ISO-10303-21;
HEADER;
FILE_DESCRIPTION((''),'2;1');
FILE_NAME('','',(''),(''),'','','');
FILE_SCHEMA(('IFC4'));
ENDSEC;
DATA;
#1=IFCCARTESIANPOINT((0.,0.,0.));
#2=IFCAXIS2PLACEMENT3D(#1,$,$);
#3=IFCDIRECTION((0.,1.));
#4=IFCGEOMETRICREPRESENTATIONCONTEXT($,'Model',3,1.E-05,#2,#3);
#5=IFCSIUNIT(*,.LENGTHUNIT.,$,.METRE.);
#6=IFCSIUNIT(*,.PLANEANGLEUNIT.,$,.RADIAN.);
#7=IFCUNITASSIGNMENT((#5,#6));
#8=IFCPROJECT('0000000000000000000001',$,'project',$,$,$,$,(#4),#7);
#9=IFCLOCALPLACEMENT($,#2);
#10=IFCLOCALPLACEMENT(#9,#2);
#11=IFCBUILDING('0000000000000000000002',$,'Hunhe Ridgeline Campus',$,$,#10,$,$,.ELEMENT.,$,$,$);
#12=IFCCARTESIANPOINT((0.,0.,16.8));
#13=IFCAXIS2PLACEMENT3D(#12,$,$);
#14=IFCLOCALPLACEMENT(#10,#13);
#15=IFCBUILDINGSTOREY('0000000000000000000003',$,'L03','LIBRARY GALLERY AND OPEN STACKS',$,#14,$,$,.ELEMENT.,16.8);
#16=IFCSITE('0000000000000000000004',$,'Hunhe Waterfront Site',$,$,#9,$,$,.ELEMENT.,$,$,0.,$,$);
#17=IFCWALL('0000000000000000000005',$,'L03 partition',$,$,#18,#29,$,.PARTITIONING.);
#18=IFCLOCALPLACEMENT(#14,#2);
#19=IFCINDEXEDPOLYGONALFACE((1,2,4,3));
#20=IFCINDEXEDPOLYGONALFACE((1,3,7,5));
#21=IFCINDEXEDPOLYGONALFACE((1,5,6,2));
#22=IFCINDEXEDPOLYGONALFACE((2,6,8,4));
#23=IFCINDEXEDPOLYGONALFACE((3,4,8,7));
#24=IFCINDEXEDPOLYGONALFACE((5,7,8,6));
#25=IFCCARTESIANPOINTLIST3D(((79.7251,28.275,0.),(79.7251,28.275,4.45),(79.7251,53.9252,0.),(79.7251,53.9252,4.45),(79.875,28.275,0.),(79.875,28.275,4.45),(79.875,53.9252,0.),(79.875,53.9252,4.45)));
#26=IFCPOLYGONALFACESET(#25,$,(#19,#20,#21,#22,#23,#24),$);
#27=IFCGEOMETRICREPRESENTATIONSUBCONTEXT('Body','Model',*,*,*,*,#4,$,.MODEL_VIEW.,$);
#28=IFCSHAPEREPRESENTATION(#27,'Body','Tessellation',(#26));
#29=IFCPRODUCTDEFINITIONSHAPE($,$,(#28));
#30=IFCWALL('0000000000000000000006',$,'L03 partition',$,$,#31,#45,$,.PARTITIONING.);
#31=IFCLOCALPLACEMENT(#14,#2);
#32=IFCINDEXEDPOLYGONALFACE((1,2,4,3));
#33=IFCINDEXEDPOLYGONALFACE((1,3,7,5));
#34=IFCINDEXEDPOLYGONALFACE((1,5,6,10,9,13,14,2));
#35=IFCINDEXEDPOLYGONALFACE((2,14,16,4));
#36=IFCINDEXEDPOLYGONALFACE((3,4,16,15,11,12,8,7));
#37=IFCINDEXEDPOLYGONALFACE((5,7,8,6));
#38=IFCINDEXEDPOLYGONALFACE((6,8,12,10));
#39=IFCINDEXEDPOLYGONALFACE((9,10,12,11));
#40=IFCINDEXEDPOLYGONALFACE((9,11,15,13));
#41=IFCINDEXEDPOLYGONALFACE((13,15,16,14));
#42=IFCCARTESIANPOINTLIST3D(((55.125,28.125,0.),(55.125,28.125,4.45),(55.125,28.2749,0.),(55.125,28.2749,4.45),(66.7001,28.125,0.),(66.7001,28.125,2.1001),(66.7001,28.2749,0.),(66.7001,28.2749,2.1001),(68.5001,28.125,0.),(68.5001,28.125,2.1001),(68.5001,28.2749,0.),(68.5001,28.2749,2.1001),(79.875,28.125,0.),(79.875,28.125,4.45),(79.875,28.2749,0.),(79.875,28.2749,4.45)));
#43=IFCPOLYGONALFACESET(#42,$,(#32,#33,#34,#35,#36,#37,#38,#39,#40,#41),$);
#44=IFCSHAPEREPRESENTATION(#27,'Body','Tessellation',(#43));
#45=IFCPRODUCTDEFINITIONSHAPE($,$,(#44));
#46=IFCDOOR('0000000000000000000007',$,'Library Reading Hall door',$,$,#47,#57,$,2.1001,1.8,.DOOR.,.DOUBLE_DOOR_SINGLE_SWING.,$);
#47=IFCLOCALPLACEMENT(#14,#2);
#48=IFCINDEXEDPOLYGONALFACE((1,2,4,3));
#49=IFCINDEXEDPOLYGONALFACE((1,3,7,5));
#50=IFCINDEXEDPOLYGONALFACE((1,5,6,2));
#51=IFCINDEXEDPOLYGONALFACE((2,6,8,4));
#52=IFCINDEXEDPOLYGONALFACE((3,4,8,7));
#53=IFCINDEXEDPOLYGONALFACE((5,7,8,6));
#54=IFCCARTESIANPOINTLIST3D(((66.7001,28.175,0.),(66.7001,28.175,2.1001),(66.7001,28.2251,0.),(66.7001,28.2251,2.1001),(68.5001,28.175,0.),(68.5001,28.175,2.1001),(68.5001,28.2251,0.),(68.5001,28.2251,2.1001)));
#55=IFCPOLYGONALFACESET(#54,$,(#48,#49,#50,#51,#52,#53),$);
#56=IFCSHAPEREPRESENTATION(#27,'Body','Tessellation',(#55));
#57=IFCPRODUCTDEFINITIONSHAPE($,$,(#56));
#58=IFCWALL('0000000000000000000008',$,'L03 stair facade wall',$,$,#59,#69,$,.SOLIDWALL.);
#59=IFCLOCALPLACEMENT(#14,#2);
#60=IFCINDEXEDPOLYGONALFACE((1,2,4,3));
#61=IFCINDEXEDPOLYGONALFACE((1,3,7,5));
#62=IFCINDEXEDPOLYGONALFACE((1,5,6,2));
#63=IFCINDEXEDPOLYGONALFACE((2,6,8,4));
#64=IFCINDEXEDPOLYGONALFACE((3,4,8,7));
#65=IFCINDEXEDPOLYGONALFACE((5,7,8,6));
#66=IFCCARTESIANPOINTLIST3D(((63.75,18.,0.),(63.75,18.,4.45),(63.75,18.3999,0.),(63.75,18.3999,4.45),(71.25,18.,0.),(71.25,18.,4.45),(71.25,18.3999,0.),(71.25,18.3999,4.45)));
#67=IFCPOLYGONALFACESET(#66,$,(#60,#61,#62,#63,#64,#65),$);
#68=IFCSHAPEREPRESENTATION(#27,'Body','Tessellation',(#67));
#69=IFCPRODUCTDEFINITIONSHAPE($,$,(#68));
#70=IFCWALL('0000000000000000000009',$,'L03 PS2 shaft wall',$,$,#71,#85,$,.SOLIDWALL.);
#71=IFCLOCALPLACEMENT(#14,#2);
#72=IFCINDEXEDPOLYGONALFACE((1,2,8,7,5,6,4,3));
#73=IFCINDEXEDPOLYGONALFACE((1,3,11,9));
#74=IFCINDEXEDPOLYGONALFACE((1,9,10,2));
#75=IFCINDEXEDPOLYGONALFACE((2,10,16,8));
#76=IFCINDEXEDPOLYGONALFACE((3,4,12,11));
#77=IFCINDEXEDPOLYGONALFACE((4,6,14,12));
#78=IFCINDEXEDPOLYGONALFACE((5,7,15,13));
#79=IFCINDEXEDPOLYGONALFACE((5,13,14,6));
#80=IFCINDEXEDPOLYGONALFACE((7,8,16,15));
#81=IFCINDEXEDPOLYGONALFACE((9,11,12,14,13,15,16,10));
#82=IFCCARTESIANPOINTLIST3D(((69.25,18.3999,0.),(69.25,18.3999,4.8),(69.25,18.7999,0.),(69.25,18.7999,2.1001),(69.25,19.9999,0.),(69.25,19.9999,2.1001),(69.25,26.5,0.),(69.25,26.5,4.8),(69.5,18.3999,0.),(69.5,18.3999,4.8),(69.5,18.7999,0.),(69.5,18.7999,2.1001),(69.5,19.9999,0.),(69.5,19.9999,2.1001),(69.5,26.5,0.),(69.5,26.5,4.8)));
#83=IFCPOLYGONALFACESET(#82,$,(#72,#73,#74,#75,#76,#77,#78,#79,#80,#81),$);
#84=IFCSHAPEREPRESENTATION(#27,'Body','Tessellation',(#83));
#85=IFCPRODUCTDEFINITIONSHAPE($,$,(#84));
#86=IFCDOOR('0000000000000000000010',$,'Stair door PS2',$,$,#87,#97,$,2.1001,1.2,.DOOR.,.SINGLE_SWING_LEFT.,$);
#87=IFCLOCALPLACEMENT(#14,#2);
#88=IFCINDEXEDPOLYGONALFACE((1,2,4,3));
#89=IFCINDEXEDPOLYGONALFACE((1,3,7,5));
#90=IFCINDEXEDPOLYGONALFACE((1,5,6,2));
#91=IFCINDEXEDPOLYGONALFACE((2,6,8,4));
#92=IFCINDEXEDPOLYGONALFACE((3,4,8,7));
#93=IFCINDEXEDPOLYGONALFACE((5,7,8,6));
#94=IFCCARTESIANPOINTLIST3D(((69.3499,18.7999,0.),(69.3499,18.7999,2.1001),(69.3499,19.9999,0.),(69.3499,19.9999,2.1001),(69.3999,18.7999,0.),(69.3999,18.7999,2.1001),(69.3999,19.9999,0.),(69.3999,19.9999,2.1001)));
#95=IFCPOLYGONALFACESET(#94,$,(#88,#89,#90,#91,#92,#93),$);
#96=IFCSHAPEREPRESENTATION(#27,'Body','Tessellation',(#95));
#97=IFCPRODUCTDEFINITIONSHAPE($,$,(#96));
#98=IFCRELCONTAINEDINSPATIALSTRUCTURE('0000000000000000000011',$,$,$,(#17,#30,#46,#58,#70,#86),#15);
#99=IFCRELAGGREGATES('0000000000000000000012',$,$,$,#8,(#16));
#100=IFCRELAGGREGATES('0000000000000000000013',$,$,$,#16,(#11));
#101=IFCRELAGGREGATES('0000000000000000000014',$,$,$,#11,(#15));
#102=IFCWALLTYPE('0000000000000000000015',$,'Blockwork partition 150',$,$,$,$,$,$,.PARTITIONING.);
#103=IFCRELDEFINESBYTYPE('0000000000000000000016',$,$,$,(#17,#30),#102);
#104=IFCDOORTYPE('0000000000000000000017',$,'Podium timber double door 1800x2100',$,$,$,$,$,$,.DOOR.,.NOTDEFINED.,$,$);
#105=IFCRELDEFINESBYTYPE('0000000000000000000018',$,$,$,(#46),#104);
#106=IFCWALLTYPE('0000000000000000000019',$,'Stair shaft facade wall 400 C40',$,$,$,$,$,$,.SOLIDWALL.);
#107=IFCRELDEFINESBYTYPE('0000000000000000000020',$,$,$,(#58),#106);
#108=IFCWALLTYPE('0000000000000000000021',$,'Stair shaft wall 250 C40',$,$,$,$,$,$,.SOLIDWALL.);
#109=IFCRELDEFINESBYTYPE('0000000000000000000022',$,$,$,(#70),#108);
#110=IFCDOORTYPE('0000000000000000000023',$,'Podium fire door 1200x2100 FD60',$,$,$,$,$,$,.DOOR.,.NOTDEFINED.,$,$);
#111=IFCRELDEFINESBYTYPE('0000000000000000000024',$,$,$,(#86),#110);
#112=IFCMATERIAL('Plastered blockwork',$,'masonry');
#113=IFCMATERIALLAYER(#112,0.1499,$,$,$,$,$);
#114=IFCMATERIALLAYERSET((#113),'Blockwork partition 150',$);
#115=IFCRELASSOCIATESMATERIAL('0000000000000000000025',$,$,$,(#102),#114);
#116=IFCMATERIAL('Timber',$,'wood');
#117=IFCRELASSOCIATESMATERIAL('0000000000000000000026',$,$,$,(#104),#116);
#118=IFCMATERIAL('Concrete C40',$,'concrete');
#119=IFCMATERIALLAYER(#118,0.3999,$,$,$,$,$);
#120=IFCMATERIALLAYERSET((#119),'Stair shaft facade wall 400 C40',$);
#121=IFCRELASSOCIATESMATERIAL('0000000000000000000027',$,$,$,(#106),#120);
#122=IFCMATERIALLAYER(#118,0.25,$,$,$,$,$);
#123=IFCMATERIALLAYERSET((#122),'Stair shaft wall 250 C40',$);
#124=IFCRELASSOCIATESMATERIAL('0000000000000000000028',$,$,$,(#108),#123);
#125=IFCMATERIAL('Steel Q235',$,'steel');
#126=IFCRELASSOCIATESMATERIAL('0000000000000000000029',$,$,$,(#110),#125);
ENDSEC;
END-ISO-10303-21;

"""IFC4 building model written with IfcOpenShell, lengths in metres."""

from ifc_helpers import new_model, si_unit, direction, frame, frame_2d, origin, place, context, subcontext, project, spatial, rectangle, extrude, material, layer, layer_set, type_object, element, fill, save


model = new_model("IFC4")

# Units and contexts
model_context = context("Model", 3, precision=1e-05, world=origin(), true_north=direction((0.0, 1.0)))
body_context = subcontext(model_context, "Body", "Model", "MODEL_VIEW")
ifc_project = project(units=[si_unit("LENGTHUNIT", "METRE"), si_unit("PLANEANGLEUNIT", "RADIAN")], contexts=[model_context])

# Site, building, storey
site_placement = place(None, origin())
site = spatial("IfcSite", under=ifc_project, at=site_placement, Name="Hunhe Waterfront Site", CompositionType="ELEMENT", RefElevation=0.0)
building_placement = place(site_placement, origin())
building = spatial("IfcBuilding", under=site, at=building_placement, Name="Hunhe Ridgeline Campus", CompositionType="ELEMENT")
storey_placement = place(building_placement, frame((0.0, 0.0, 16.8)))
storey = spatial("IfcBuildingStorey", under=building, at=storey_placement, Name="L03", Description="LIBRARY GALLERY AND OPEN STACKS", CompositionType="ELEMENT", Elevation=16.8)

# Wall
ifc_material_1 = material(Name="Plastered blockwork", Category="masonry")
ifc_layer_1 = layer(ifc_material_1, 0.1499)
ifc_layer_set_1 = layer_set([ifc_layer_1], Name="Blockwork partition 150")
wall_type_1 = type_object("IfcWallType", Name="Blockwork partition 150", PredefinedType="PARTITIONING", material=ifc_layer_set_1)
wall_1_placement = place(storey_placement, frame((79.8, 28.2749, 0.0), z_axis=(0.0, 0.0, 1.0), x_axis=(0.0, 1.0, 0.0)))
element("IfcWall", 1, at=wall_1_placement, inside=storey, type_object=wall_type_1, Name="L03 partition", PredefinedType="PARTITIONING", context=body_context, shape_type="SweptSolid", body=[
    extrude(rectangle(XDim=25.6501, YDim=0.1499, at=frame_2d((12.8252, 0.0))), origin(), (0.0, 0.0, 1.0), 4.45),
])

# Wall, opening, door
wall_2_placement = place(storey_placement, frame((79.875, 28.2, 0.0), z_axis=(0.0, 0.0, 1.0), x_axis=(-1.0, 0.0, 0.0)))
wall_2 = element("IfcWall", 2, at=wall_2_placement, inside=storey, type_object=wall_type_1, Name="L03 partition", PredefinedType="PARTITIONING", context=body_context, shape_type="SweptSolid", body=[
    extrude(rectangle(XDim=24.75, YDim=0.1499, at=frame_2d((12.375, 0.0))), origin(), (0.0, 0.0, 1.0), 4.45),
])
opening_1_placement = place(wall_2_placement, frame((11.375, 0.0, 0.0)))
opening_1 = element("IfcOpeningElement", 3, at=opening_1_placement, cuts=wall_2, PredefinedType="OPENING", context=body_context, shape_type="SweptSolid", body=[
    extrude(rectangle(XDim=1.8, YDim=2.1001, at=frame_2d((0.8999, 1.05))), frame((0.0, 0.075, 0.0), z_axis=(0.0, -1.0, 0.0), x_axis=(1.0, 0.0, 0.0)), (0.0, 0.0, 1.0), 0.1499),
])
ifc_material_2 = material(Name="Timber", Category="wood")
door_type_1 = type_object("IfcDoorType", Name="Podium timber double door 1800x2100", OperationType="NOTDEFINED", PredefinedType="DOOR", material=ifc_material_2)
door_1_placement = place(opening_1_placement, origin())
door_1 = element("IfcDoor", 4, at=door_1_placement, inside=storey, type_object=door_type_1, Name="Library Reading Hall door", OperationType="DOUBLE_DOOR_SINGLE_SWING", OverallHeight=2.1001, OverallWidth=1.8, PredefinedType="DOOR", context=body_context, shape_type="SweptSolid", body=[
    extrude(rectangle(XDim=1.8, YDim=2.1001, at=frame_2d((0.8999, 1.05))), frame((0.0, 0.0249, 0.0), z_axis=(0.0, -1.0, 0.0), x_axis=(1.0, 0.0, 0.0)), (0.0, 0.0, 1.0), 0.05),
])
fill(opening_1, door_1)

# Wall
ifc_material_3 = material(Name="Concrete C40", Category="concrete")
ifc_layer_2 = layer(ifc_material_3, 0.3999)
ifc_layer_set_2 = layer_set([ifc_layer_2], Name="Stair shaft facade wall 400 C40")
wall_type_2 = type_object("IfcWallType", Name="Stair shaft facade wall 400 C40", PredefinedType="SOLIDWALL", material=ifc_layer_set_2)
wall_3_placement = place(storey_placement, frame((71.25, 18.2, 0.0), z_axis=(0.0, 0.0, 1.0), x_axis=(-1.0, 0.0, 0.0)))
element("IfcWall", 5, at=wall_3_placement, inside=storey, type_object=wall_type_2, Name="L03 stair facade wall", PredefinedType="SOLIDWALL", context=body_context, shape_type="SweptSolid", body=[
    extrude(rectangle(XDim=7.5, YDim=0.3999, at=frame_2d((3.75, 0.0))), origin(), (0.0, 0.0, 1.0), 4.45),
])

# Wall, opening, door
ifc_layer_3 = layer(ifc_material_3, 0.25)
ifc_layer_set_3 = layer_set([ifc_layer_3], Name="Stair shaft wall 250 C40")
wall_type_3 = type_object("IfcWallType", Name="Stair shaft wall 250 C40", PredefinedType="SOLIDWALL", material=ifc_layer_set_3)
wall_4_placement = place(storey_placement, frame((69.375, 26.5, 0.0), z_axis=(0.0, 0.0, 1.0), x_axis=(0.0, -1.0, 0.0)))
wall_4 = element("IfcWall", 6, at=wall_4_placement, inside=storey, type_object=wall_type_3, Name="L03 PS2 shaft wall", PredefinedType="SOLIDWALL", context=body_context, shape_type="SweptSolid", body=[
    extrude(rectangle(XDim=8.1001, YDim=0.25, at=frame_2d((4.05, 0.0))), origin(), (0.0, 0.0, 1.0), 4.8),
])
opening_2_placement = place(wall_4_placement, frame((6.5, 0.0, 0.0)))
opening_2 = element("IfcOpeningElement", 7, at=opening_2_placement, cuts=wall_4, PredefinedType="OPENING", context=body_context, shape_type="SweptSolid", body=[
    extrude(rectangle(XDim=1.2, YDim=2.1001, at=frame_2d((0.6001, 1.05))), frame((0.0, 0.125, 0.0), z_axis=(0.0, -1.0, 0.0), x_axis=(1.0, 0.0, 0.0)), (0.0, 0.0, 1.0), 0.25),
])
ifc_material_4 = material(Name="Steel Q235", Category="steel")
door_type_2 = type_object("IfcDoorType", Name="Podium fire door 1200x2100 FD60", OperationType="NOTDEFINED", PredefinedType="DOOR", material=ifc_material_4)
door_2_placement = place(opening_2_placement, origin())
door_2 = element("IfcDoor", 8, at=door_2_placement, inside=storey, type_object=door_type_2, Name="Stair door PS2", OperationType="SINGLE_SWING_LEFT", OverallHeight=2.1001, OverallWidth=1.2, PredefinedType="DOOR", context=body_context, shape_type="SweptSolid", body=[
    extrude(rectangle(XDim=1.2, YDim=2.1001, at=frame_2d((0.6001, 1.05))), frame((0.0, 0.0249, 0.0), z_axis=(0.0, -1.0, 0.0), x_axis=(1.0, 0.0, 0.0)), (0.0, 0.0, 1.0), 0.05),
])
fill(opening_2, door_2)

save(model, "model.ifc")
